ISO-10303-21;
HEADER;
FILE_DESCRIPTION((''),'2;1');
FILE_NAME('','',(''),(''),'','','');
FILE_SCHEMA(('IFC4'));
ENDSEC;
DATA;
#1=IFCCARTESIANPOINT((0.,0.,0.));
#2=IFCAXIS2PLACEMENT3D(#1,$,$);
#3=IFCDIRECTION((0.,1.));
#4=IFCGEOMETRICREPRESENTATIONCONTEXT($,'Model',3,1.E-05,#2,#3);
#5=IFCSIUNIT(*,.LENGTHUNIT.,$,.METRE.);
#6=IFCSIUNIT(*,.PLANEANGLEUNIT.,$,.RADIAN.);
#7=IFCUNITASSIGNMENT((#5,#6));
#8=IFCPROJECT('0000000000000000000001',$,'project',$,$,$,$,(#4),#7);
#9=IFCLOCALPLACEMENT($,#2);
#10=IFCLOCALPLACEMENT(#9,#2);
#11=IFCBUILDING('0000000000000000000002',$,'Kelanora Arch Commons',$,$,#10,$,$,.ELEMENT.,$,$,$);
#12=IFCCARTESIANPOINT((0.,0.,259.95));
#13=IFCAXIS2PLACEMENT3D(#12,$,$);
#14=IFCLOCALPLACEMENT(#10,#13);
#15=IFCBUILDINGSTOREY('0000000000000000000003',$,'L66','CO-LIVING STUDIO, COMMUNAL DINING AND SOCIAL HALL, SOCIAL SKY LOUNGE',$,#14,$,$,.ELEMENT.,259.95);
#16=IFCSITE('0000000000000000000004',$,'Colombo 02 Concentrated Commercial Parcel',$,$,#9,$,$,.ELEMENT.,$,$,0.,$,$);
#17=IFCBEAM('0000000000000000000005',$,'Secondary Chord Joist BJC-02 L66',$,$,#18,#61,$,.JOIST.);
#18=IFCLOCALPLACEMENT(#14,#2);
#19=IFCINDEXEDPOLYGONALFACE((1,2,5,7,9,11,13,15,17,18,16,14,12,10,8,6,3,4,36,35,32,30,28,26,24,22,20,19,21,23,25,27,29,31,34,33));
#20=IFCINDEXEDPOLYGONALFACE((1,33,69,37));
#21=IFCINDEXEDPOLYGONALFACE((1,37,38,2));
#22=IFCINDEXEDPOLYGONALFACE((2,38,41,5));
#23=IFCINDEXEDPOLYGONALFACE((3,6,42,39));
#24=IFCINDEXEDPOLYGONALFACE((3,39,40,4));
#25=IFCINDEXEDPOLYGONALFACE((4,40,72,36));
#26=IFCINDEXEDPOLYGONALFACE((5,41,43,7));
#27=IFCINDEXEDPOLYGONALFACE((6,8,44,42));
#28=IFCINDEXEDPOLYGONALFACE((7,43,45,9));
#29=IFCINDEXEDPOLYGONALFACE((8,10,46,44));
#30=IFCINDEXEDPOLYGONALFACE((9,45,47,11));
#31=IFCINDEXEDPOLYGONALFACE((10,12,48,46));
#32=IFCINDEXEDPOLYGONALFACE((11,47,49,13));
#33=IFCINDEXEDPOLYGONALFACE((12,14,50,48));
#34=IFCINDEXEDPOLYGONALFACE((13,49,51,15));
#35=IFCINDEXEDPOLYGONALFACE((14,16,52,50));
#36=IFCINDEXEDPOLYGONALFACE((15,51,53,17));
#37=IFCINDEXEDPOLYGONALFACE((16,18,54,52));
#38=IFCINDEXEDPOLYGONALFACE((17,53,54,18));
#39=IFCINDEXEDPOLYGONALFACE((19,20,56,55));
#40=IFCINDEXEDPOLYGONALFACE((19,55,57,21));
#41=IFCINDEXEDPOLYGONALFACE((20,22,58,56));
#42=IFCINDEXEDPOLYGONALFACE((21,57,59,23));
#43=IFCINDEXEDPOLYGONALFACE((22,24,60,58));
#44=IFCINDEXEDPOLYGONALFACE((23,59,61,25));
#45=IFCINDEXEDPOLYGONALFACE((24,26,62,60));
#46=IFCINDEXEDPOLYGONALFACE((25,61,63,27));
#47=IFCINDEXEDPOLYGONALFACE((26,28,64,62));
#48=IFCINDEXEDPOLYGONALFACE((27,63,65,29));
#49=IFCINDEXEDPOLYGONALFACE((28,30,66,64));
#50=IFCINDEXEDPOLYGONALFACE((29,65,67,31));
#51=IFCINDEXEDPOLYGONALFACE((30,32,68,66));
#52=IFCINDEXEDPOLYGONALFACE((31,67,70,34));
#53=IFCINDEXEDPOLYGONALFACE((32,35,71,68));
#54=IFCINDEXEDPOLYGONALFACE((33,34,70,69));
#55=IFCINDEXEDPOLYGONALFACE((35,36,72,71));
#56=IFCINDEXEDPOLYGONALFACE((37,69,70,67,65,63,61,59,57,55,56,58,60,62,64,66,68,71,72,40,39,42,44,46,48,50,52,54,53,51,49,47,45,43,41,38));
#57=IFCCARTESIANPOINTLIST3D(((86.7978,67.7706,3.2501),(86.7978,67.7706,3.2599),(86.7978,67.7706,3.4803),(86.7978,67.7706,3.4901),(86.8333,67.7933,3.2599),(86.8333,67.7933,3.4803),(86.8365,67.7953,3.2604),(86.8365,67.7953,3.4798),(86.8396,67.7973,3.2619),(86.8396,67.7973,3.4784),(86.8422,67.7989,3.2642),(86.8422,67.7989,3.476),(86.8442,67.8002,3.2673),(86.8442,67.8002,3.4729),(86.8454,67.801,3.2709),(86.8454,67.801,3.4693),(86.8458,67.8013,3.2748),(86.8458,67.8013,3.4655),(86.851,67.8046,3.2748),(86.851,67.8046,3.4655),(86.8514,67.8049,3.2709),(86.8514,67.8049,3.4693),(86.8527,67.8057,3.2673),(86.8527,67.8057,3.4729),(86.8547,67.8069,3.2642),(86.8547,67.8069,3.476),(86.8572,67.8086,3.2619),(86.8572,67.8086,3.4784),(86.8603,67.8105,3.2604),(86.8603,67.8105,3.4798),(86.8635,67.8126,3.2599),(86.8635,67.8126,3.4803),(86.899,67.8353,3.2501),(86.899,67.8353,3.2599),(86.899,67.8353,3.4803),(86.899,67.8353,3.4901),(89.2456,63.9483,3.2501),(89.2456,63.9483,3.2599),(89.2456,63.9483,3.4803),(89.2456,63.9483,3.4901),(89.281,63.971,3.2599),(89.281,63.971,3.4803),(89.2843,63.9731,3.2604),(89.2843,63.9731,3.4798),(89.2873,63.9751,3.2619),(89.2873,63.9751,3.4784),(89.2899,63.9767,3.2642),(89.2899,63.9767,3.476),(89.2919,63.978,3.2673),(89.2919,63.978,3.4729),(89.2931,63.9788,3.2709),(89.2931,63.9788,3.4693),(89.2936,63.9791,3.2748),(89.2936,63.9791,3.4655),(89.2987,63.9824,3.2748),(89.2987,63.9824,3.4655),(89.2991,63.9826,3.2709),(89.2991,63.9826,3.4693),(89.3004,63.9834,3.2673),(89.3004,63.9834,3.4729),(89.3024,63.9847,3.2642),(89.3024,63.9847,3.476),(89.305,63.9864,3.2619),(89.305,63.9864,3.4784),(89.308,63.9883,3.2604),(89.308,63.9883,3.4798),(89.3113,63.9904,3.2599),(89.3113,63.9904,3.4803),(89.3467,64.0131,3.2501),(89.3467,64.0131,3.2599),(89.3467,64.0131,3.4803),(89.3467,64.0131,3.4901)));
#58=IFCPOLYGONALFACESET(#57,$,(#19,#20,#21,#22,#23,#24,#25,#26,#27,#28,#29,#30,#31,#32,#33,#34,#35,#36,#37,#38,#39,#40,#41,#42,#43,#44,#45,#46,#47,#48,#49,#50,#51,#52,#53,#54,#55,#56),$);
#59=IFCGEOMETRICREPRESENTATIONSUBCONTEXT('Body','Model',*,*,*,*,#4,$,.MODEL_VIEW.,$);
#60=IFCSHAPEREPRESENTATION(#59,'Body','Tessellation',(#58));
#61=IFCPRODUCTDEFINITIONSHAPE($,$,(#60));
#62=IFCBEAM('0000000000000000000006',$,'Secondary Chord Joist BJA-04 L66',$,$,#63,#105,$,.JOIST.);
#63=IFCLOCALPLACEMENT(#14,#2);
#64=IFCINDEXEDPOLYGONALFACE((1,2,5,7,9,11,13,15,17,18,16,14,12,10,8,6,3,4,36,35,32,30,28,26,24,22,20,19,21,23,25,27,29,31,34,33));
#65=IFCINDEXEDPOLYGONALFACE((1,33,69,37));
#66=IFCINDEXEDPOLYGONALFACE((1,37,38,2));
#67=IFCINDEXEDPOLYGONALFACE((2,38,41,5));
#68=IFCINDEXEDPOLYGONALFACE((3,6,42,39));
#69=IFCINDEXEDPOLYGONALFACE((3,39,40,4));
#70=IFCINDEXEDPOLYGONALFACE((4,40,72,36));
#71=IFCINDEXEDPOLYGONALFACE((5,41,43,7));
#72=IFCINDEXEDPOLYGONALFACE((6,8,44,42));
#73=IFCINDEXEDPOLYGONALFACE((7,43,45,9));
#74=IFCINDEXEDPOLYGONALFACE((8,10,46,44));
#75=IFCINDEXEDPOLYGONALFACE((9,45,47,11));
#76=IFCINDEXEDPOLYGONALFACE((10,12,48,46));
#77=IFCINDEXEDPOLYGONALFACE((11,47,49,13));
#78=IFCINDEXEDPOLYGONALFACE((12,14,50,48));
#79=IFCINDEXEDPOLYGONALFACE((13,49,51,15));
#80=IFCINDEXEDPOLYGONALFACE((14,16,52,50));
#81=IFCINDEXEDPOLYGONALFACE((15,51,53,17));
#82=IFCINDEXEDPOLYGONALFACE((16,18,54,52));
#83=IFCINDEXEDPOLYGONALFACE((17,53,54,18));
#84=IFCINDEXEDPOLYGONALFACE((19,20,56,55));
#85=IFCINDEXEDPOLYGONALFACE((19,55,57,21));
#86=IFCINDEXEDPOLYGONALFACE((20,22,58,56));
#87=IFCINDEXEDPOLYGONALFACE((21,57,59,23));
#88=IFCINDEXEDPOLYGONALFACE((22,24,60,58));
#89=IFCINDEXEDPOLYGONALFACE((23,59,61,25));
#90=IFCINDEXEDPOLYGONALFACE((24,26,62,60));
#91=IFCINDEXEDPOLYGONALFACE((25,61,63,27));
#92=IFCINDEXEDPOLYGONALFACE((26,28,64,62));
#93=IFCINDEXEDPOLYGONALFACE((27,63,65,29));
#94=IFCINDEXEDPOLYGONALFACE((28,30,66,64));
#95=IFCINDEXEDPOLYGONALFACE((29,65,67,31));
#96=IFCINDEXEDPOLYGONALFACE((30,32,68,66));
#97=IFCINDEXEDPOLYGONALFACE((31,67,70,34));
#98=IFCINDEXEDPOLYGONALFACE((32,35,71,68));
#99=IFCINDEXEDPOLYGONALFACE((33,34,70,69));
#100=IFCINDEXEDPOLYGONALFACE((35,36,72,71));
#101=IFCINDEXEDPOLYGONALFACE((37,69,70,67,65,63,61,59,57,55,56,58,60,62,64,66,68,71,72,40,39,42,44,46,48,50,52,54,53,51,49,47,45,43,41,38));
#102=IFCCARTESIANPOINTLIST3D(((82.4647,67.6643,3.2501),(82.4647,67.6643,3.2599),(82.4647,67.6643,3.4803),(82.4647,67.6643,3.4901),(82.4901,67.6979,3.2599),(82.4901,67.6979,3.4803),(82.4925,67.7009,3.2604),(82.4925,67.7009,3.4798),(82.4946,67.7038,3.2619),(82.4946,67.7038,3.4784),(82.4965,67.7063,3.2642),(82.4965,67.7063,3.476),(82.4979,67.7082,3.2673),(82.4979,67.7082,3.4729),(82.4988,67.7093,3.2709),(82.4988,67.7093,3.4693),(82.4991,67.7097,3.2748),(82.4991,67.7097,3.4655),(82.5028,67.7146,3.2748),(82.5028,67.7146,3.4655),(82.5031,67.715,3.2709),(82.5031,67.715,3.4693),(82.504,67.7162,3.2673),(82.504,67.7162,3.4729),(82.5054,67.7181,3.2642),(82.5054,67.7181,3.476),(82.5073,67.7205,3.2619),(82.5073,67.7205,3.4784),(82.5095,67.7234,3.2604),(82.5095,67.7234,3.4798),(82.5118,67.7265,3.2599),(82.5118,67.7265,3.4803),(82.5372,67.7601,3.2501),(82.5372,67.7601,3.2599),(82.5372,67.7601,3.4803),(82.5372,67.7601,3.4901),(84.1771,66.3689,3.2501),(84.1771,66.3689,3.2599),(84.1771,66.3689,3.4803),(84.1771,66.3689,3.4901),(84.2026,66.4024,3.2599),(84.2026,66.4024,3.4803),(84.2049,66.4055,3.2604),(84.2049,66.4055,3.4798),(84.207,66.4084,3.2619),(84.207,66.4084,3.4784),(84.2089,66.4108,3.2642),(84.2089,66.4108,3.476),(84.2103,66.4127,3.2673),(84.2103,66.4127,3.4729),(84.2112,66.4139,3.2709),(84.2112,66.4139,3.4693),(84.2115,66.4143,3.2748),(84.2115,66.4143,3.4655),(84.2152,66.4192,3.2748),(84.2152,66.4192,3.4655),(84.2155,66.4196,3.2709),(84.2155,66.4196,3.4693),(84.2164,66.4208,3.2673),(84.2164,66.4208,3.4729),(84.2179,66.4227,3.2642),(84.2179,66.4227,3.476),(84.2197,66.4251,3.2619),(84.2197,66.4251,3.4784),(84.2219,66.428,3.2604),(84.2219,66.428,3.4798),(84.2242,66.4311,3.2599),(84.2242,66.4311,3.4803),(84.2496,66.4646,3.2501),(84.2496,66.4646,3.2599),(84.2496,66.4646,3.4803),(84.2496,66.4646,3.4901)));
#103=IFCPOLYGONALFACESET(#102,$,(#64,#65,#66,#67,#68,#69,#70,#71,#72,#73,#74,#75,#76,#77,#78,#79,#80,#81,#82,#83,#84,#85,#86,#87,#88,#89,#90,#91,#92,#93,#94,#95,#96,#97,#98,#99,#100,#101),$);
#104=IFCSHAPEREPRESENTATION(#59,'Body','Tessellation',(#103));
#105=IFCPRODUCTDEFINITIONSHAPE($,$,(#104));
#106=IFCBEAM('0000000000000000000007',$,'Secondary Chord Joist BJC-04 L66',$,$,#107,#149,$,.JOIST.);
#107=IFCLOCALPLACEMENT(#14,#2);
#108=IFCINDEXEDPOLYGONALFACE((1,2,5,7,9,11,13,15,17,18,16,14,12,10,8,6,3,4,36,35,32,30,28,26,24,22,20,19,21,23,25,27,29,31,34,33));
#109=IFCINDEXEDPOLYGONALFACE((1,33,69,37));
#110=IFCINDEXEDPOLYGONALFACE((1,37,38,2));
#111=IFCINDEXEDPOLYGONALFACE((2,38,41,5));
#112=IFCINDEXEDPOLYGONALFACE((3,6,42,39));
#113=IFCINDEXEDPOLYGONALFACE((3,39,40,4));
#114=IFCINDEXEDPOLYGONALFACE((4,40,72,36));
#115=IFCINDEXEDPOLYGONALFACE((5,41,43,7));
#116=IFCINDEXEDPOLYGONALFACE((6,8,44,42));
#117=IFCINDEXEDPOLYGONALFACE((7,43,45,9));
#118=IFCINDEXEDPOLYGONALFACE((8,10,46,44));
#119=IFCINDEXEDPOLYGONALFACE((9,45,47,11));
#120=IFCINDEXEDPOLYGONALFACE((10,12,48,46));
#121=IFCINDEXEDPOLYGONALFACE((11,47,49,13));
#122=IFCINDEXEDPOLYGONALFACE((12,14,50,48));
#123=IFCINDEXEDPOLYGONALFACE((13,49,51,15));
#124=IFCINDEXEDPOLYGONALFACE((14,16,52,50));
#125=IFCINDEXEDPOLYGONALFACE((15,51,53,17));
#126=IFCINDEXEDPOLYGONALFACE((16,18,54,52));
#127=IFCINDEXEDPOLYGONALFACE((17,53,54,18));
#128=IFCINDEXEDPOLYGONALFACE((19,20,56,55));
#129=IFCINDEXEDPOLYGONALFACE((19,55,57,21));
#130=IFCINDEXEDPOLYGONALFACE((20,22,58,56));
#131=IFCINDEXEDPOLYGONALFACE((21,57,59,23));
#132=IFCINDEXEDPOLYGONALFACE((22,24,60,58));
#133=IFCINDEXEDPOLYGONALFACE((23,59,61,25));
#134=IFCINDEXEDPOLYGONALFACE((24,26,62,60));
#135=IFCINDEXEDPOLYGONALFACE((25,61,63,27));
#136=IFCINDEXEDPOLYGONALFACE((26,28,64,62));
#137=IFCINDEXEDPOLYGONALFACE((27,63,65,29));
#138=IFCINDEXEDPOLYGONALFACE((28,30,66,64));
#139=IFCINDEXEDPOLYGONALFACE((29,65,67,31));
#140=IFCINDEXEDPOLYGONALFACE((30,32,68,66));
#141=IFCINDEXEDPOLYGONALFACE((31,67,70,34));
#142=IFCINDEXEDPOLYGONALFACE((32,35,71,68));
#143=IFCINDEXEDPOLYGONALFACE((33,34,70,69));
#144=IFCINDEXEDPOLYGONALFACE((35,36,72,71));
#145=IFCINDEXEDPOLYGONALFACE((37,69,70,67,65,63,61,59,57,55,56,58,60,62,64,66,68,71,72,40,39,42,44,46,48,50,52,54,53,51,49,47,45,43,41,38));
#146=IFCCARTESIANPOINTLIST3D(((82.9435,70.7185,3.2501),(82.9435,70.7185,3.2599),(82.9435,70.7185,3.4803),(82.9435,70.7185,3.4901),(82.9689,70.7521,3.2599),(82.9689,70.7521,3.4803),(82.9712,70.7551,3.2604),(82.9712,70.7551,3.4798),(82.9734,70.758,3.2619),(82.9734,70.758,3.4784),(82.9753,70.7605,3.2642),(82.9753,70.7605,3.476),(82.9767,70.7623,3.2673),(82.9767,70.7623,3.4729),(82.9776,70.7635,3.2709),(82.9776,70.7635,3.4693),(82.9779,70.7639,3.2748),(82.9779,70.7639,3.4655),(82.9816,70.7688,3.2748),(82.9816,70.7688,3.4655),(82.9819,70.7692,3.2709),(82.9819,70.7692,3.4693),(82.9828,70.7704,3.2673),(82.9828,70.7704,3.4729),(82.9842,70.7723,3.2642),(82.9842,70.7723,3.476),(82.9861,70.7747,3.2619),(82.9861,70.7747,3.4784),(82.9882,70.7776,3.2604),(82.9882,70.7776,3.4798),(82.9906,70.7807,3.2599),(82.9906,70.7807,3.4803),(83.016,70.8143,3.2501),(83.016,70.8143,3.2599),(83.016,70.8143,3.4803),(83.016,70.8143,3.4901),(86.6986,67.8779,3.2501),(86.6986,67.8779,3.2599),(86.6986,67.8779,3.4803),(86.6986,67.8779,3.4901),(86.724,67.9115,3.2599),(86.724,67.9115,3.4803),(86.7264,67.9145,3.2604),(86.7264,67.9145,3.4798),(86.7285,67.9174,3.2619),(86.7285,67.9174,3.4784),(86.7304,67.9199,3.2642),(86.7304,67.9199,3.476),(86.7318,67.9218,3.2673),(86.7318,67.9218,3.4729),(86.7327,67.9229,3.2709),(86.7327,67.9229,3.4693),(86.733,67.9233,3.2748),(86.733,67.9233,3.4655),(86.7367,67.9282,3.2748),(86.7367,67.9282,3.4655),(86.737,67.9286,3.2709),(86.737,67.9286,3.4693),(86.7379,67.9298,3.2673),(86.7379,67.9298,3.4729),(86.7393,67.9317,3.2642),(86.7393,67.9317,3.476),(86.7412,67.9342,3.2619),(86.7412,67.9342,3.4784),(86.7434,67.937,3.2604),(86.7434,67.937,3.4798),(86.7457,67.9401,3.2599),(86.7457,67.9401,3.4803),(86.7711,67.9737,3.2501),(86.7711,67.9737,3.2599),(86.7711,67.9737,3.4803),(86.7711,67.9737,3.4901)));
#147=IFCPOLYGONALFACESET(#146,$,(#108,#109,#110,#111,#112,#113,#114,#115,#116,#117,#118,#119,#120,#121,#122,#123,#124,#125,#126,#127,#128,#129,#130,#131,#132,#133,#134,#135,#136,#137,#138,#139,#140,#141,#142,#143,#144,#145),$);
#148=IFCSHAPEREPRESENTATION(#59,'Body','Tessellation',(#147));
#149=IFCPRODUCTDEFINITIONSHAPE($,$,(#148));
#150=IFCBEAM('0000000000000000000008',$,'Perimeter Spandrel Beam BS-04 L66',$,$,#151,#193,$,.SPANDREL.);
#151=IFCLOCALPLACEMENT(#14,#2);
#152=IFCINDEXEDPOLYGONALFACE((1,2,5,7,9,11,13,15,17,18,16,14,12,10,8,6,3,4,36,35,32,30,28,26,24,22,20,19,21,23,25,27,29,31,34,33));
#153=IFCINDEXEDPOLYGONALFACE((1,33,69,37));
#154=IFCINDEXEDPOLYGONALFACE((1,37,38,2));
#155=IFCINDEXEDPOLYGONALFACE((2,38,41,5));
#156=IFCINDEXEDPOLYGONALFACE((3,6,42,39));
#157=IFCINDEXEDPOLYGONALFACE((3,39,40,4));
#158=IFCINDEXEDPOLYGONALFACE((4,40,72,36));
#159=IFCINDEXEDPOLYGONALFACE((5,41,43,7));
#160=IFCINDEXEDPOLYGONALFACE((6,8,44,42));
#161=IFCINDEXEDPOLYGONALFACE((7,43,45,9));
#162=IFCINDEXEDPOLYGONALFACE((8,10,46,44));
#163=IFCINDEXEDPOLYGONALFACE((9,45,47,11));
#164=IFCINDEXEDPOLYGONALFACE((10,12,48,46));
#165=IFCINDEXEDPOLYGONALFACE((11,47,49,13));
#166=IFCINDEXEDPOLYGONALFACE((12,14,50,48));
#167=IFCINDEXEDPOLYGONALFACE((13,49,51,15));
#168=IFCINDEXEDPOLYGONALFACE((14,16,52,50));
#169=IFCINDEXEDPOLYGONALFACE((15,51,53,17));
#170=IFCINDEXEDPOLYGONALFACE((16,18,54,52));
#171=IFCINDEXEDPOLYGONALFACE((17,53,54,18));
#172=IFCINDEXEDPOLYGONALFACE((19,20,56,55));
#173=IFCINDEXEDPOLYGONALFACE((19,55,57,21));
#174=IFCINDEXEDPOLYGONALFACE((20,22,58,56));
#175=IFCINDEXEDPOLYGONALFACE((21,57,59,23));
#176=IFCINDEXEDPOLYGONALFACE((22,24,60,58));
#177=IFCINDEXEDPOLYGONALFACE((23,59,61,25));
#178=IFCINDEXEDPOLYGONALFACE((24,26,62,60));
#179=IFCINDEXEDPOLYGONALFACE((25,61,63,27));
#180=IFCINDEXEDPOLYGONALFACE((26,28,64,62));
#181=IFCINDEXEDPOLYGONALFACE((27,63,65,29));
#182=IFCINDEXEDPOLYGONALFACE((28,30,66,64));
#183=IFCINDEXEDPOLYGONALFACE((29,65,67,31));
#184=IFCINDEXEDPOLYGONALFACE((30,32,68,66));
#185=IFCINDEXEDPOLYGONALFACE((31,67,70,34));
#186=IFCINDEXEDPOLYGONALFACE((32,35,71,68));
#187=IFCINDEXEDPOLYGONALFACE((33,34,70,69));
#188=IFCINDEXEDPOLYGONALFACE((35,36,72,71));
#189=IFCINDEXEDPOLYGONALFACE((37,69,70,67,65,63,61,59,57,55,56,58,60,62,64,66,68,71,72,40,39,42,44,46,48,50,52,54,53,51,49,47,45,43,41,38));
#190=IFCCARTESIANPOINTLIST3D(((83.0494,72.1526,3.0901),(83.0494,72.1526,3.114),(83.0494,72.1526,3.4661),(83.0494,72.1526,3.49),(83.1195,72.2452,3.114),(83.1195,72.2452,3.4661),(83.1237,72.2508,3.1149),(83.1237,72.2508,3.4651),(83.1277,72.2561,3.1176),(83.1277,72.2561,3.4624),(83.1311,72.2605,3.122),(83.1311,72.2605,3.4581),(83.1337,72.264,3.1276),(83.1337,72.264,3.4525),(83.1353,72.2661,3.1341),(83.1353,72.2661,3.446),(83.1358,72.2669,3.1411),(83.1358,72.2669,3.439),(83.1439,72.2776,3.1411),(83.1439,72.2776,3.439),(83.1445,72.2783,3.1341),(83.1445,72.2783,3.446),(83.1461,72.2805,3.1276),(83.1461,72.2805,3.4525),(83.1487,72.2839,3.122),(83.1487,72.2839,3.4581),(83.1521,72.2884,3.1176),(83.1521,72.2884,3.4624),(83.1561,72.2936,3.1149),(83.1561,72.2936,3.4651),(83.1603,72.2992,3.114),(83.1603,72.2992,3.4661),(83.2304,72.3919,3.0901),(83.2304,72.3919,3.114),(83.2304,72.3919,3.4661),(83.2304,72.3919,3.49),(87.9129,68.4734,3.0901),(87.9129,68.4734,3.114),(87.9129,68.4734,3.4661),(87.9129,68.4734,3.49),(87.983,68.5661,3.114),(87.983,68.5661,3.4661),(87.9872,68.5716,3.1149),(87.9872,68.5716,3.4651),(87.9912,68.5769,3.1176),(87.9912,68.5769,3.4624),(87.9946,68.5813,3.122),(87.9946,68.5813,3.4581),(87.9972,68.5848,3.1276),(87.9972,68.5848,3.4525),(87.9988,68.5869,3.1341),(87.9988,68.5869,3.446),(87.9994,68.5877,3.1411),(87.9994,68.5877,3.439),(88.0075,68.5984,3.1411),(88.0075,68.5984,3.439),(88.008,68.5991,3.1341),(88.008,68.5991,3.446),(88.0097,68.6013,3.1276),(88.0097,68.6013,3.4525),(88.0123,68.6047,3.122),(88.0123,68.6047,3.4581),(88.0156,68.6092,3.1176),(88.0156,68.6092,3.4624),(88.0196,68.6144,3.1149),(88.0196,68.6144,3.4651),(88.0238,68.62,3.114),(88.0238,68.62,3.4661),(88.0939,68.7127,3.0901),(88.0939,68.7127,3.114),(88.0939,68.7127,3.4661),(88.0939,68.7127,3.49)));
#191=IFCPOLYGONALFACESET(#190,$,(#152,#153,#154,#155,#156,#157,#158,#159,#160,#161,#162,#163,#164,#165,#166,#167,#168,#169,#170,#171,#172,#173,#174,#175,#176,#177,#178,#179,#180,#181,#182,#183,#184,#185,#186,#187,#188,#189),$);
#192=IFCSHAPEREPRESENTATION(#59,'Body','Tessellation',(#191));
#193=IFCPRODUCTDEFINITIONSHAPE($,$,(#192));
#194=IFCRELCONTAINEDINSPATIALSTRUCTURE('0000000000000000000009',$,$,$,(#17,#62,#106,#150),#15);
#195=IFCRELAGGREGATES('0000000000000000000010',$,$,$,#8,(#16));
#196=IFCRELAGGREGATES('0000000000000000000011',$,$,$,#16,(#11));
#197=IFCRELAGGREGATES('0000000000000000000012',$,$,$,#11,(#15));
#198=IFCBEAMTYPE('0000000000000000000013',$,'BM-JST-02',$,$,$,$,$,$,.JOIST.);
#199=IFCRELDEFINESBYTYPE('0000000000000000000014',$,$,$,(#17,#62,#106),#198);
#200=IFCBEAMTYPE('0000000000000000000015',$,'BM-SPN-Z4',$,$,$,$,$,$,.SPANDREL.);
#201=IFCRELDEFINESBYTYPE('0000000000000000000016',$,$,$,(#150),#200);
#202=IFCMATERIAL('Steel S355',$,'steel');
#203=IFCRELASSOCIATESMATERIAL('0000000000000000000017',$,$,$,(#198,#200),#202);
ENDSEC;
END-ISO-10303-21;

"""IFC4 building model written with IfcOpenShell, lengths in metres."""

from ifc_helpers import new_model, si_unit, direction, frame, origin, origin_2d, place, context, subcontext, project, spatial, i_section, extrude, material, material_profile, profile_set, type_object, element, save


model = new_model("IFC4")

# Units and contexts
model_context = context("Model", 3, precision=1e-05, world=origin(), true_north=direction((0.0, 1.0)))
body_context = subcontext(model_context, "Body", "Model", "MODEL_VIEW")
ifc_project = project(units=[si_unit("LENGTHUNIT", "METRE"), si_unit("PLANEANGLEUNIT", "RADIAN")], contexts=[model_context])

# Site, building, storey
site_placement = place(None, origin())
site = spatial("IfcSite", under=ifc_project, at=site_placement, Name="Colombo 02 Concentrated Commercial Parcel", CompositionType="ELEMENT", RefElevation=0.0)
building_placement = place(site_placement, origin())
building = spatial("IfcBuilding", under=site, at=building_placement, Name="Kelanora Arch Commons", CompositionType="ELEMENT")
storey_placement = place(building_placement, frame((0.0, 0.0, 259.95)))
storey = spatial("IfcBuildingStorey", under=building, at=storey_placement, Name="L66", Description="CO-LIVING STUDIO, COMMUNAL DINING AND SOCIAL HALL, SOCIAL SKY LOUNGE", CompositionType="ELEMENT", Elevation=259.95)

# Beams
ifc_material_1 = material(Name="Steel S355", Category="steel")
ifc_material_profile_1 = material_profile(ifc_material_1, i_section(OverallWidth=0.1201, OverallDepth=0.24, WebThickness=0.0061, FlangeThickness=0.0098, FilletRadius=0.0149, at=origin_2d()), Name="IPE240")
ifc_profile_set_1 = profile_set([ifc_material_profile_1], Name="Steel S355")
beam_type_1 = type_object("IfcBeamType", Name="BM-JST-02", PredefinedType="JOIST", material=ifc_profile_set_1)
beam_1_placement = place(storey_placement, frame((89.2961, 63.9807, 3.3701), z_axis=(-0.539289, 0.842121, 0.0), x_axis=(-0.842121, -0.539289, 0.0)))
element("IfcBeam", 1, at=beam_1_placement, inside=storey, type_object=beam_type_1, Name="Secondary Chord Joist BJC-02 L66", PredefinedType="JOIST", context=body_context, shape_type="SweptSolid", body=[
    extrude(i_section(OverallWidth=0.1201, OverallDepth=0.24, WebThickness=0.0061, FlangeThickness=0.0098, FilletRadius=0.0149, at=origin_2d()), origin(), (0.0, 0.0, 1.0), 4.5388),
])
beam_2_placement = place(storey_placement, frame((84.2134, 66.4167, 3.3701), z_axis=(-0.79751, 0.603306, 0.0), x_axis=(-0.603306, -0.79751, 0.0)))
element("IfcBeam", 2, at=beam_2_placement, inside=storey, type_object=beam_type_1, Name="Secondary Chord Joist BJA-04 L66", PredefinedType="JOIST", context=body_context, shape_type="SweptSolid", body=[
    extrude(i_section(OverallWidth=0.1201, OverallDepth=0.24, WebThickness=0.0061, FlangeThickness=0.0098, FilletRadius=0.0149, at=origin_2d()), origin(), (0.0, 0.0, 1.0), 2.1472),
])
beam_3_placement = place(storey_placement, frame((86.7349, 67.9258, 3.3701), z_axis=(-0.797523, 0.603289, 0.0), x_axis=(-0.603289, -0.797523, 0.0)))
element("IfcBeam", 3, at=beam_3_placement, inside=storey, type_object=beam_type_1, Name="Secondary Chord Joist BJC-04 L66", PredefinedType="JOIST", context=body_context, shape_type="SweptSolid", body=[
    extrude(i_section(OverallWidth=0.1201, OverallDepth=0.24, WebThickness=0.0061, FlangeThickness=0.0098, FilletRadius=0.0149, at=origin_2d()), origin(), (0.0, 0.0, 1.0), 4.7085),
])
ifc_material_profile_2 = material_profile(ifc_material_1, i_section(OverallWidth=0.3, OverallDepth=0.3999, WebThickness=0.0134, FlangeThickness=0.0239, FilletRadius=0.0271, at=origin_2d()), Name="HEB400")
ifc_profile_set_2 = profile_set([ifc_material_profile_2], Name="Steel S355")
beam_type_2 = type_object("IfcBeamType", Name="BM-SPN-Z4", PredefinedType="SPANDREL", material=ifc_profile_set_2)
beam_4_placement = place(storey_placement, frame((88.0034, 68.593, 3.29), z_axis=(-0.797509, 0.603306, 0.0), x_axis=(-0.603306, -0.797509, 0.0)))
element("IfcBeam", 4, at=beam_4_placement, inside=storey, type_object=beam_type_2, Name="Perimeter Spandrel Beam BS-04 L66", PredefinedType="SPANDREL", context=body_context, shape_type="SweptSolid", body=[
    extrude(i_section(OverallWidth=0.3, OverallDepth=0.3999, WebThickness=0.0134, FlangeThickness=0.0239, FilletRadius=0.0271, at=origin_2d()), origin(), (0.0, 0.0, 1.0), 6.0984),
])

save(model, "model.ifc")
